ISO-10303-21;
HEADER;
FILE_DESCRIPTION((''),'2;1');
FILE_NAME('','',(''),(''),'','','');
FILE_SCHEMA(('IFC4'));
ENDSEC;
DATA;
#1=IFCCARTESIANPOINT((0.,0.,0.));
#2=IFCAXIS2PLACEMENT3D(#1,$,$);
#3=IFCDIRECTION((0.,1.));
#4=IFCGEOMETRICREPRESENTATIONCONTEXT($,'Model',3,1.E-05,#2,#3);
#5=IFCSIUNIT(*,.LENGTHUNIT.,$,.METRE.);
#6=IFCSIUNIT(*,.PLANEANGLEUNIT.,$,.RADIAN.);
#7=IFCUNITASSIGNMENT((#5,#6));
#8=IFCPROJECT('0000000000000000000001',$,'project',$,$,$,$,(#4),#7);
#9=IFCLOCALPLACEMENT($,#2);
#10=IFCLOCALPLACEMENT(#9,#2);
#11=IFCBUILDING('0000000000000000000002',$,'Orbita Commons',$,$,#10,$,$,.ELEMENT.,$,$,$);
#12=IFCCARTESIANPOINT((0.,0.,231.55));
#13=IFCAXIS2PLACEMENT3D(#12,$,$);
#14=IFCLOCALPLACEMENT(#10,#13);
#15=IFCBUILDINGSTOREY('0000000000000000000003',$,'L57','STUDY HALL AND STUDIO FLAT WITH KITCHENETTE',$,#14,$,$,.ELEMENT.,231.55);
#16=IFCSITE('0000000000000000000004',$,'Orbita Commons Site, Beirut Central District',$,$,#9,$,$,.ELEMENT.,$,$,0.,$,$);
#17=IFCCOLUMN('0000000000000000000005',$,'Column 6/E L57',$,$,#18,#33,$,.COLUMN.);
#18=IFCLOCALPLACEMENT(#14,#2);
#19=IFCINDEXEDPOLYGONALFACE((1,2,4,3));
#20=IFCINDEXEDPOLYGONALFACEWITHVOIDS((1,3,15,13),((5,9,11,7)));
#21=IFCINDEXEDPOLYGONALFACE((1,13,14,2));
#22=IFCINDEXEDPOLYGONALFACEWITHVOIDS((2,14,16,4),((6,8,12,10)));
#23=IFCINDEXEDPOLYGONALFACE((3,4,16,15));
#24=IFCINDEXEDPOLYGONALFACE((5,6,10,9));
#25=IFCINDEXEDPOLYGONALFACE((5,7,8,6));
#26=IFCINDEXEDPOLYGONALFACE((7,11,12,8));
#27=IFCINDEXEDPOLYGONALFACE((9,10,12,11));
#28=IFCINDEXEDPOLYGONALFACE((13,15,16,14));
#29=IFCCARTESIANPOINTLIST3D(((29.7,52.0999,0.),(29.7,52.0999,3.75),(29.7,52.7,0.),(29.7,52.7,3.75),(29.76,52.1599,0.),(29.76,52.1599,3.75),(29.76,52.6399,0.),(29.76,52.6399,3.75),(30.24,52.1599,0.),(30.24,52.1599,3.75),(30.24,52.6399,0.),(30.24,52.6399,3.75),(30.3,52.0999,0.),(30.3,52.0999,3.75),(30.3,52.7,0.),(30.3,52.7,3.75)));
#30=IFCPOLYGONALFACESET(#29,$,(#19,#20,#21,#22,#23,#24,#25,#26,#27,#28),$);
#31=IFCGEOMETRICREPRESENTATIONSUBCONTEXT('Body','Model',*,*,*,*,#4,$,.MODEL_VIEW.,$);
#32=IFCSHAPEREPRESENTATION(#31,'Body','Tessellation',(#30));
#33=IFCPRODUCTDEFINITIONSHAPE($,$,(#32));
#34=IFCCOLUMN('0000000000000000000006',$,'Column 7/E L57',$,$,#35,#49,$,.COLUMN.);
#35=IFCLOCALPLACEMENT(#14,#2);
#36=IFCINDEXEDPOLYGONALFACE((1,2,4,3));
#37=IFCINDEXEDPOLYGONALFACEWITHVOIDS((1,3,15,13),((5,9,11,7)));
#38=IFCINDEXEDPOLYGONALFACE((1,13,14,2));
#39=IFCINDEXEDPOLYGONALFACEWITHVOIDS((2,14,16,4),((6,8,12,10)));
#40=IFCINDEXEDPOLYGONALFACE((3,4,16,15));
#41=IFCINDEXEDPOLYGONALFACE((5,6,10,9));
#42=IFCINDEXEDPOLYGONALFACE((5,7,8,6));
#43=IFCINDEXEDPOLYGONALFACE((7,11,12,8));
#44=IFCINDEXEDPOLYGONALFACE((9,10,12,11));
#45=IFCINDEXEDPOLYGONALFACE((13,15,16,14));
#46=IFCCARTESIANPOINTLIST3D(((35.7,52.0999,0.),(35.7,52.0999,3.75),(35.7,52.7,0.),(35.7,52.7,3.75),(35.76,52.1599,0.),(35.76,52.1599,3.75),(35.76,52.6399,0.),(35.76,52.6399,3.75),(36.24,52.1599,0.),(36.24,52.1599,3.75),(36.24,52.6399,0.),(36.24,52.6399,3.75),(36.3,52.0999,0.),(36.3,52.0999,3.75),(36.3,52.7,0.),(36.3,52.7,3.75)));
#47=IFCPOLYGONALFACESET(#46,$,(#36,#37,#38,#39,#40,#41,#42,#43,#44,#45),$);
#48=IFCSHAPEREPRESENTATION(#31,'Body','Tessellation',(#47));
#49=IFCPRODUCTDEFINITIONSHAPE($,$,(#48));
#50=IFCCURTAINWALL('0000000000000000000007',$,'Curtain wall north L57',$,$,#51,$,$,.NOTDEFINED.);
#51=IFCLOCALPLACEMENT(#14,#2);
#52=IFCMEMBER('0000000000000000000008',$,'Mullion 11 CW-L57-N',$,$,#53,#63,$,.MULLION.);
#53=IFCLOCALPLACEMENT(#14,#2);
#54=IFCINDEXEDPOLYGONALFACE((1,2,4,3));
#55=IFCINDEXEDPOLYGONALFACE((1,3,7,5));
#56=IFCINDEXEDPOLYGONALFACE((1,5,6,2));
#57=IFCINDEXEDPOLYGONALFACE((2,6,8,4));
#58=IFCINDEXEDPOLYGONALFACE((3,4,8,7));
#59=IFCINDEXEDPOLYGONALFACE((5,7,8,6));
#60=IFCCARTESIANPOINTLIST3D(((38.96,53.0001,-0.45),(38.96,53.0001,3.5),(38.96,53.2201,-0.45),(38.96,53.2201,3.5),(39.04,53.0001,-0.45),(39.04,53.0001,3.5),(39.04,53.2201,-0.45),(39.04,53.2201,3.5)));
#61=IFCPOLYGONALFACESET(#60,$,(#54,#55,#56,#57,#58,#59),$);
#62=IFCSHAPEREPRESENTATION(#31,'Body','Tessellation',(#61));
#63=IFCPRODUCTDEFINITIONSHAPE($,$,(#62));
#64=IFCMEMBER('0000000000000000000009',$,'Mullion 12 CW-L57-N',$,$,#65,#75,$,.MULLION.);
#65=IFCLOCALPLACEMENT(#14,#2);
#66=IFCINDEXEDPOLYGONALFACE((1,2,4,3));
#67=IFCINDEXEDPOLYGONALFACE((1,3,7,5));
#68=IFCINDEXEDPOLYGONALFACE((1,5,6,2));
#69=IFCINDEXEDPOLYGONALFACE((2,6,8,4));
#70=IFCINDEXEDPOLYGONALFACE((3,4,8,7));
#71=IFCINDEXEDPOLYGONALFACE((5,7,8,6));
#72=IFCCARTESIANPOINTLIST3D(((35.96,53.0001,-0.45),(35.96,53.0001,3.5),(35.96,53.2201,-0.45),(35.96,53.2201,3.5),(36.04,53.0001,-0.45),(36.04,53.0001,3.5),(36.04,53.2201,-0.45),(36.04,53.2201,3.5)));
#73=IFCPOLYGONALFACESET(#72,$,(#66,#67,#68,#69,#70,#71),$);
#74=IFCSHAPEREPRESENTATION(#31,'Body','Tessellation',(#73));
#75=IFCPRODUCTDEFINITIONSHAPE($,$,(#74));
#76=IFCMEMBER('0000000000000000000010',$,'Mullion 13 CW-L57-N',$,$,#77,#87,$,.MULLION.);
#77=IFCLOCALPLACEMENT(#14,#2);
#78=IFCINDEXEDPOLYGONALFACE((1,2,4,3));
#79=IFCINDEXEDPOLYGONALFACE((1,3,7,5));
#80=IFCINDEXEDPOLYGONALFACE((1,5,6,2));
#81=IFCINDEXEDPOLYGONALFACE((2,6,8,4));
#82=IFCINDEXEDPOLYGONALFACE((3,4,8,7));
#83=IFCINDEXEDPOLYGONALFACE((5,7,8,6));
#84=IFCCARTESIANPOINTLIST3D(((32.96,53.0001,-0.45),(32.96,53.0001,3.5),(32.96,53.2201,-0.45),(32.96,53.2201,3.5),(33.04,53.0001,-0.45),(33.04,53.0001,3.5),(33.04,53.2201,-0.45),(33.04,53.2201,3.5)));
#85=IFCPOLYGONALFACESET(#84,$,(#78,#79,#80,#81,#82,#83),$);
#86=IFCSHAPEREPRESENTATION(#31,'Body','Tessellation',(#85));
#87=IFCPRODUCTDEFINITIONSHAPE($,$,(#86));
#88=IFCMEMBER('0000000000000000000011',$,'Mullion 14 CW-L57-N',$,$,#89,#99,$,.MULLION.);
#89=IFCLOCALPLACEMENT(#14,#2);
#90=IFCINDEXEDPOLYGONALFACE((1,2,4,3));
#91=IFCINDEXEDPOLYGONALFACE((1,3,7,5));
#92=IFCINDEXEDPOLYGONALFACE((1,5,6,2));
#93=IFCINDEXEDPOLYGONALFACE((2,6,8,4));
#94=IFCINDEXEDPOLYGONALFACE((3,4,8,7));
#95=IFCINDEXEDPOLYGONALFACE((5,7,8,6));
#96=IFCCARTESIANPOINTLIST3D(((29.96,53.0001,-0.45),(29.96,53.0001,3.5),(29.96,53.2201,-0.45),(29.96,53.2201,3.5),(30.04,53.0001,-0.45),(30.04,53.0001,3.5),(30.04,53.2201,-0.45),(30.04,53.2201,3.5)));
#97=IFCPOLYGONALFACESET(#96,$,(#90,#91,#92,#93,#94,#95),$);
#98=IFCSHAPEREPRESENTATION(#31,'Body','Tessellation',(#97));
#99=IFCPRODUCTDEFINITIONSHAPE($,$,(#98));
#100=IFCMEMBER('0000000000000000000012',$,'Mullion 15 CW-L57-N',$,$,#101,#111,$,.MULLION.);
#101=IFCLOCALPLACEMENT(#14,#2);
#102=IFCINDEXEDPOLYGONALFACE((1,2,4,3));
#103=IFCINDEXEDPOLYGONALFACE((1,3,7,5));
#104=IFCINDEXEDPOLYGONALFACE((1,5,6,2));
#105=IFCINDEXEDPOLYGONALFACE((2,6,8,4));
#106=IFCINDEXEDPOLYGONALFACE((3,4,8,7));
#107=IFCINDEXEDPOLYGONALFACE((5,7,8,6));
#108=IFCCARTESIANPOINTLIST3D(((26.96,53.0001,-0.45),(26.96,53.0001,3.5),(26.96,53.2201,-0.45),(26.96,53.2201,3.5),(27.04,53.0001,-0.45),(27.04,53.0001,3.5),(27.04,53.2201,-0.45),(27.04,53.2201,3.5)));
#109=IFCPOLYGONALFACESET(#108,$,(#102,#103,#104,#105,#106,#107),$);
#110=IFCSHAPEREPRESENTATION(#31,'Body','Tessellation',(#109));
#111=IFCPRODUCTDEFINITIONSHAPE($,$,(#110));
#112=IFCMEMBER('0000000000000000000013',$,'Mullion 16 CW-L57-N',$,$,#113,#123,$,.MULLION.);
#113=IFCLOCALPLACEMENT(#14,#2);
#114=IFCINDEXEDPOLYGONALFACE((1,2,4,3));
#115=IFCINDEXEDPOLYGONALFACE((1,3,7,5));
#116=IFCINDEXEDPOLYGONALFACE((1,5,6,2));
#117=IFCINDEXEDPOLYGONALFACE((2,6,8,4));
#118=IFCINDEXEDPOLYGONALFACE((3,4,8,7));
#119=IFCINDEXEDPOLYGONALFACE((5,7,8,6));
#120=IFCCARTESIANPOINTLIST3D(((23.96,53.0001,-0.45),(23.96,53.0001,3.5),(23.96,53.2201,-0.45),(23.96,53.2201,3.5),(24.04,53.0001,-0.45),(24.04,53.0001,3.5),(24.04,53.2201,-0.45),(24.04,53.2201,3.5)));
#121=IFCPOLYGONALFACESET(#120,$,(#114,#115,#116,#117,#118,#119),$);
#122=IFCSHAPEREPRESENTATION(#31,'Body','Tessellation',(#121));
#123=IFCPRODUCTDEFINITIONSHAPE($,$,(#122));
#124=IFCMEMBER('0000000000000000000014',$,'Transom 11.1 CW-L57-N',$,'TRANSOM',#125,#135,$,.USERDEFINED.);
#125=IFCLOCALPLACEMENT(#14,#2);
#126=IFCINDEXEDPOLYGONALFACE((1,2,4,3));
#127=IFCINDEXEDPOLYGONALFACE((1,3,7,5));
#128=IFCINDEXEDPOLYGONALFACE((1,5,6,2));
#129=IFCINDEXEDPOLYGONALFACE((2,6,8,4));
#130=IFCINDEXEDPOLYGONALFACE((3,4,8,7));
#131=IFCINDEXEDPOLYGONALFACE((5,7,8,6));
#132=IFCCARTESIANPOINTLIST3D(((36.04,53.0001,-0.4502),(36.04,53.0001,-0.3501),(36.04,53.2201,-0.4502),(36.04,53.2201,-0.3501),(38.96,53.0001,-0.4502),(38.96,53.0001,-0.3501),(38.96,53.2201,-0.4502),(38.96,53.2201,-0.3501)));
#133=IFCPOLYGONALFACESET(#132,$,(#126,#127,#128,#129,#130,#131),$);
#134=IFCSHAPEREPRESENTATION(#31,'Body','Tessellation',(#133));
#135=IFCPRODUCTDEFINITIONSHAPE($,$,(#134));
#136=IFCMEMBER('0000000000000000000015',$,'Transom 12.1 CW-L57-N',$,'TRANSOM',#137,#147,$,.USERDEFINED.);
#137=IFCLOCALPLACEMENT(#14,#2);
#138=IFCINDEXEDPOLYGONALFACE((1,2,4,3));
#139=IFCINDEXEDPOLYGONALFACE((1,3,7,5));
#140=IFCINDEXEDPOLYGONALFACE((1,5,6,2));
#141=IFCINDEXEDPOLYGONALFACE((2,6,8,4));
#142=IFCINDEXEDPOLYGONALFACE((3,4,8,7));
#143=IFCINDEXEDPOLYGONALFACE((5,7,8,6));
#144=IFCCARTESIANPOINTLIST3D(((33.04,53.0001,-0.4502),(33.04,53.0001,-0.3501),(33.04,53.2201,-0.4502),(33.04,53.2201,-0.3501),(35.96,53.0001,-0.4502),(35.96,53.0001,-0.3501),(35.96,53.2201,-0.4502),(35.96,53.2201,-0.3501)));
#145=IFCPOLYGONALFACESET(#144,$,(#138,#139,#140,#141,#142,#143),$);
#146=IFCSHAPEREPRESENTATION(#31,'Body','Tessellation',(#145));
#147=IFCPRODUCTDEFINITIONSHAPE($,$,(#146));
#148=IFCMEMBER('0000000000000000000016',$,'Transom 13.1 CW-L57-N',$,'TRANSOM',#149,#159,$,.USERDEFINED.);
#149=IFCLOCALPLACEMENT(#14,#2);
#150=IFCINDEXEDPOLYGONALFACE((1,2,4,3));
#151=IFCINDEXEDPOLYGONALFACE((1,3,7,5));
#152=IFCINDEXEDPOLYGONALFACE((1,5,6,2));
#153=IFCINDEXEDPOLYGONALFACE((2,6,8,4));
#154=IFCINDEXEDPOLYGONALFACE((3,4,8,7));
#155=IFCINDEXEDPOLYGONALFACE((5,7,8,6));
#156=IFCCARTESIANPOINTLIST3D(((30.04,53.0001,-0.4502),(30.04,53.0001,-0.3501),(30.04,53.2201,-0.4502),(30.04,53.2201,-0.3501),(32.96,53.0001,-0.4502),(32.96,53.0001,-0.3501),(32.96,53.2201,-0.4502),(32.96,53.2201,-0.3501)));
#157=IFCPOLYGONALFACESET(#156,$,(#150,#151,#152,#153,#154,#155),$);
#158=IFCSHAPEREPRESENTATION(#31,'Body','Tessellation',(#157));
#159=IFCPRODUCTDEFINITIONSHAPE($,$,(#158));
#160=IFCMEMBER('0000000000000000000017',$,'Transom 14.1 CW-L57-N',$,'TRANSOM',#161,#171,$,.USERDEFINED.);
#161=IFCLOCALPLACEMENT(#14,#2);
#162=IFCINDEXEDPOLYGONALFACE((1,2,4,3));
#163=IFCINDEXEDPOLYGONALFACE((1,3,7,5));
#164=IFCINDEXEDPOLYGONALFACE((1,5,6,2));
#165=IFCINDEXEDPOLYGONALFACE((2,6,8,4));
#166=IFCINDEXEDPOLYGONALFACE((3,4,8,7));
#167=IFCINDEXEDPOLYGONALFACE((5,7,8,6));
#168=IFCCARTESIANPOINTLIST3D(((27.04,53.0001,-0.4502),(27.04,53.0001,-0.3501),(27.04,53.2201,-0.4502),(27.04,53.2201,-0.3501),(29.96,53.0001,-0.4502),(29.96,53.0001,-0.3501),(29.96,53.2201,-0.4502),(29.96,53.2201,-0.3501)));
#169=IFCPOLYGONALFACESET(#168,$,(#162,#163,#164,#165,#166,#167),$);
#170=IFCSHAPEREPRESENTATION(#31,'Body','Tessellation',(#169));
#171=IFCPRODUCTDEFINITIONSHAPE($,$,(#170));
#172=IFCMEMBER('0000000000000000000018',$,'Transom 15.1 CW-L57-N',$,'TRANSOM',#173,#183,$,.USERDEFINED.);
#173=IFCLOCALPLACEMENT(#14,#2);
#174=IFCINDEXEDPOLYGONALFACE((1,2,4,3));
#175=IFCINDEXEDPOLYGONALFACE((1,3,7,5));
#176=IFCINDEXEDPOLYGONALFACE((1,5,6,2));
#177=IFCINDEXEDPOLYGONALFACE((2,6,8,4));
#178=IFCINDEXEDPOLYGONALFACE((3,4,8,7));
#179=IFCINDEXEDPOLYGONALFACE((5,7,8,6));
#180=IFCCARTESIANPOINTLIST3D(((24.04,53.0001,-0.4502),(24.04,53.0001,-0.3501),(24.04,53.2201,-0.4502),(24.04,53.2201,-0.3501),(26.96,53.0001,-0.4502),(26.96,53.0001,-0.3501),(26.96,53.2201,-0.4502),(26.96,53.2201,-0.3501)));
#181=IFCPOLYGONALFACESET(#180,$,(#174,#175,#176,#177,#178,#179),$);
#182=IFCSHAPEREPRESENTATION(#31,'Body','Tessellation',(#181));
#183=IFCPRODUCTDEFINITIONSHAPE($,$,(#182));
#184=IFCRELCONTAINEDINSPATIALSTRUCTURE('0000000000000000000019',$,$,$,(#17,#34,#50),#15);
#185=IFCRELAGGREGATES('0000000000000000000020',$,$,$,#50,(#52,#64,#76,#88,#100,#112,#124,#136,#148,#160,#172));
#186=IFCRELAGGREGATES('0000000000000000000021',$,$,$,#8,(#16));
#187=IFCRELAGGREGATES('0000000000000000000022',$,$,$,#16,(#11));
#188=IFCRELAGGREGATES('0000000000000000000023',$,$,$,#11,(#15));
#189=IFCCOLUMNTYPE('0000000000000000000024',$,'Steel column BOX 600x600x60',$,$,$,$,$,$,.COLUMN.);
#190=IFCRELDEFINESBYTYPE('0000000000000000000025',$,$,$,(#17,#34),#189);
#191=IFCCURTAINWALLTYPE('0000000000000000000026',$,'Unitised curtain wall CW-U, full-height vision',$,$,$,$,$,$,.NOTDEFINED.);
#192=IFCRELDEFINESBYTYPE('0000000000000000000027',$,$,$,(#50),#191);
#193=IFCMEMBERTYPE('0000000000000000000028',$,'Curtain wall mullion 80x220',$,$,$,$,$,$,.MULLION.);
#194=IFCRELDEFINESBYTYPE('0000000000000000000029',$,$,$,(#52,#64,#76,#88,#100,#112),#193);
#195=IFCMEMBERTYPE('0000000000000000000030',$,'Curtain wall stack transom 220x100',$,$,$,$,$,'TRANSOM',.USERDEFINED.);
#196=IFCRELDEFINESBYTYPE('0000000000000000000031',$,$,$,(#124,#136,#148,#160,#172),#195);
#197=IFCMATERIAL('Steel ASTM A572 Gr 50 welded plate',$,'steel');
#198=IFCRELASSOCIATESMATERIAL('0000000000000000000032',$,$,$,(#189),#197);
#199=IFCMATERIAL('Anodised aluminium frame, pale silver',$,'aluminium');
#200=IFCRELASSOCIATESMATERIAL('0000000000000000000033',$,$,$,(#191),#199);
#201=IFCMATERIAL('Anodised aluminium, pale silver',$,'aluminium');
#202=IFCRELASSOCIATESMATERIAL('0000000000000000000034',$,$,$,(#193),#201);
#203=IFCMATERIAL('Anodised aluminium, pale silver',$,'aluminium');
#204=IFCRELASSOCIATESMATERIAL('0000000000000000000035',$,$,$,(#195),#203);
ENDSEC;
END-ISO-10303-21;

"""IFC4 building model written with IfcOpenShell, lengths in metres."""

from ifc_helpers import new_model, si_unit, direction, frame, origin, origin_2d, place, context, subcontext, project, spatial, rectangle, hollow_rectangle, extrude, material, material_profile, profile_set, type_object, element, aggregate, save


model = new_model("IFC4")

# Units and contexts
model_context = context("Model", 3, precision=1e-05, world=origin(), true_north=direction((0.0, 1.0)))
body_context = subcontext(model_context, "Body", "Model", "MODEL_VIEW")
ifc_project = project(units=[si_unit("LENGTHUNIT", "METRE"), si_unit("PLANEANGLEUNIT", "RADIAN")], contexts=[model_context])

# Site, building, storey
site_placement = place(None, origin())
site = spatial("IfcSite", under=ifc_project, at=site_placement, Name="Orbita Commons Site, Beirut Central District", CompositionType="ELEMENT", RefElevation=0.0)
building_placement = place(site_placement, origin())
building = spatial("IfcBuilding", under=site, at=building_placement, Name="Orbita Commons", CompositionType="ELEMENT")
storey_placement = place(building_placement, frame((0.0, 0.0, 231.55)))
storey = spatial("IfcBuildingStorey", under=building, at=storey_placement, Name="L57", Description="STUDY HALL AND STUDIO FLAT WITH KITCHENETTE", CompositionType="ELEMENT", Elevation=231.55)

# Columns
ifc_material_1 = material(Name="Steel ASTM A572 Gr 50 welded plate", Category="steel")
ifc_material_profile_1 = material_profile(ifc_material_1, hollow_rectangle(XDim=0.6001, YDim=0.6001, WallThickness=0.0601, at=origin_2d()), Name="BOX 600x600x60")
ifc_profile_set_1 = profile_set([ifc_material_profile_1], Name="Steel ASTM A572 Gr 50 welded plate")
column_type = type_object("IfcColumnType", Name="Steel column BOX 600x600x60", PredefinedType="COLUMN", material=ifc_profile_set_1)
for number, where, z_axis, x_axis, name in (
    (1, (30.0, 52.3999, 0.0), (0.0, 0.0, 1.0), (1.0, 0.0, 0.0), "Column 6/E L57"),
    (2, (36.0, 52.3999, 0.0), (0.0, 0.0, 1.0), (1.0, 0.0, 0.0), "Column 7/E L57"),
):
    element("IfcColumn", number, at=place(storey_placement, frame(where, z_axis=z_axis, x_axis=x_axis)), inside=storey, type_object=column_type, Name=name, PredefinedType="COLUMN", context=body_context, shape_type="SweptSolid", body=[
        extrude(hollow_rectangle(XDim=0.6001, YDim=0.6001, WallThickness=0.0601, at=origin_2d()), origin(), (0.0, 0.0, 1.0), 3.75),
    ])

# Curtain wall, members
ifc_material_2 = material(Name="Anodised aluminium frame, pale silver", Category="aluminium")
curtain_wall_type = type_object("IfcCurtainWallType", Name="Unitised curtain wall CW-U, full-height vision", PredefinedType="NOTDEFINED", material=ifc_material_2)
curtain_wall_placement = place(storey_placement, origin())
curtain_wall = element("IfcCurtainWall", 3, at=curtain_wall_placement, inside=storey, type_object=curtain_wall_type, Name="Curtain wall north L57", PredefinedType="NOTDEFINED")
ifc_material_3 = material(Name="Anodised aluminium, pale silver", Category="aluminium")
ifc_material_profile_2 = material_profile(ifc_material_3, rectangle(XDim=0.0801, YDim=0.22, at=origin_2d()), Name="AL 80x220")
ifc_profile_set_2 = profile_set([ifc_material_profile_2], Name="Anodised aluminium, pale silver")
member_type_1 = type_object("IfcMemberType", Name="Curtain wall mullion 80x220", PredefinedType="MULLION", material=ifc_profile_set_2)
member_1_placement = place(storey_placement, frame((39.0, 53.1101, -0.45), z_axis=(0.0, 0.0, 1.0), x_axis=(-1.0, 0.0, 0.0)))
member_1 = element("IfcMember", 4, at=member_1_placement, type_object=member_type_1, Name="Mullion 11 CW-L57-N", PredefinedType="MULLION", context=body_context, shape_type="SweptSolid", body=[
    extrude(rectangle(XDim=0.0801, YDim=0.22, at=origin_2d()), origin(), (0.0, 0.0, 1.0), 3.95),
])
member_2_placement = place(storey_placement, frame((36.0, 53.1101, -0.45), z_axis=(0.0, 0.0, 1.0), x_axis=(-1.0, 0.0, 0.0)))
member_2 = element("IfcMember", 5, at=member_2_placement, type_object=member_type_1, Name="Mullion 12 CW-L57-N", PredefinedType="MULLION", context=body_context, shape_type="SweptSolid", body=[
    extrude(rectangle(XDim=0.0801, YDim=0.22, at=origin_2d()), origin(), (0.0, 0.0, 1.0), 3.95),
])
member_3_placement = place(storey_placement, frame((33.0, 53.1101, -0.45), z_axis=(0.0, 0.0, 1.0), x_axis=(-1.0, 0.0, 0.0)))
member_3 = element("IfcMember", 6, at=member_3_placement, type_object=member_type_1, Name="Mullion 13 CW-L57-N", PredefinedType="MULLION", context=body_context, shape_type="SweptSolid", body=[
    extrude(rectangle(XDim=0.0801, YDim=0.22, at=origin_2d()), origin(), (0.0, 0.0, 1.0), 3.95),
])
member_4_placement = place(storey_placement, frame((30.0, 53.1101, -0.45), z_axis=(0.0, 0.0, 1.0), x_axis=(-1.0, 0.0, 0.0)))
member_4 = element("IfcMember", 7, at=member_4_placement, type_object=member_type_1, Name="Mullion 14 CW-L57-N", PredefinedType="MULLION", context=body_context, shape_type="SweptSolid", body=[
    extrude(rectangle(XDim=0.0801, YDim=0.22, at=origin_2d()), origin(), (0.0, 0.0, 1.0), 3.95),
])
member_5_placement = place(storey_placement, frame((27.0, 53.1101, -0.45), z_axis=(0.0, 0.0, 1.0), x_axis=(-1.0, 0.0, 0.0)))
member_5 = element("IfcMember", 8, at=member_5_placement, type_object=member_type_1, Name="Mullion 15 CW-L57-N", PredefinedType="MULLION", context=body_context, shape_type="SweptSolid", body=[
    extrude(rectangle(XDim=0.0801, YDim=0.22, at=origin_2d()), origin(), (0.0, 0.0, 1.0), 3.95),
])
member_6_placement = place(storey_placement, frame((24.0, 53.1101, -0.45), z_axis=(0.0, 0.0, 1.0), x_axis=(-1.0, 0.0, 0.0)))
member_6 = element("IfcMember", 9, at=member_6_placement, type_object=member_type_1, Name="Mullion 16 CW-L57-N", PredefinedType="MULLION", context=body_context, shape_type="SweptSolid", body=[
    extrude(rectangle(XDim=0.0801, YDim=0.22, at=origin_2d()), origin(), (0.0, 0.0, 1.0), 3.95),
])
ifc_material_4 = material(Name="Anodised aluminium, pale silver", Category="aluminium")
ifc_material_profile_3 = material_profile(ifc_material_4, rectangle(XDim=0.22, YDim=0.1001, at=origin_2d()), Name="AL 220x100")
ifc_profile_set_3 = profile_set([ifc_material_profile_3], Name="Anodised aluminium, pale silver")
member_type_2 = type_object("IfcMemberType", Name="Curtain wall stack transom 220x100", ElementType="TRANSOM", PredefinedType="USERDEFINED", material=ifc_profile_set_3)
member_7_placement = place(storey_placement, frame((38.96, 53.1101, -0.4001), z_axis=(-1.0, 0.0, 0.0), x_axis=(0.0, -1.0, 0.0)))
member_7 = element("IfcMember", 10, at=member_7_placement, type_object=member_type_2, Name="Transom 11.1 CW-L57-N", ObjectType="TRANSOM", PredefinedType="USERDEFINED", context=body_context, shape_type="SweptSolid", body=[
    extrude(rectangle(XDim=0.22, YDim=0.1001, at=origin_2d()), origin(), (0.0, 0.0, 1.0), 2.9199),
])
member_8_placement = place(storey_placement, frame((35.96, 53.1101, -0.4001), z_axis=(-1.0, 0.0, 0.0), x_axis=(0.0, -1.0, 0.0)))
member_8 = element("IfcMember", 11, at=member_8_placement, type_object=member_type_2, Name="Transom 12.1 CW-L57-N", ObjectType="TRANSOM", PredefinedType="USERDEFINED", context=body_context, shape_type="SweptSolid", body=[
    extrude(rectangle(XDim=0.22, YDim=0.1001, at=origin_2d()), origin(), (0.0, 0.0, 1.0), 2.9199),
])
member_9_placement = place(storey_placement, frame((32.96, 53.1101, -0.4001), z_axis=(-1.0, 0.0, 0.0), x_axis=(0.0, -1.0, 0.0)))
member_9 = element("IfcMember", 12, at=member_9_placement, type_object=member_type_2, Name="Transom 13.1 CW-L57-N", ObjectType="TRANSOM", PredefinedType="USERDEFINED", context=body_context, shape_type="SweptSolid", body=[
    extrude(rectangle(XDim=0.22, YDim=0.1001, at=origin_2d()), origin(), (0.0, 0.0, 1.0), 2.9199),
])
member_10_placement = place(storey_placement, frame((29.96, 53.1101, -0.4001), z_axis=(-1.0, 0.0, 0.0), x_axis=(0.0, -1.0, 0.0)))
member_10 = element("IfcMember", 13, at=member_10_placement, type_object=member_type_2, Name="Transom 14.1 CW-L57-N", ObjectType="TRANSOM", PredefinedType="USERDEFINED", context=body_context, shape_type="SweptSolid", body=[
    extrude(rectangle(XDim=0.22, YDim=0.1001, at=origin_2d()), origin(), (0.0, 0.0, 1.0), 2.9199),
])
member_11_placement = place(storey_placement, frame((26.96, 53.1101, -0.4001), z_axis=(-1.0, 0.0, 0.0), x_axis=(0.0, -1.0, 0.0)))
member_11 = element("IfcMember", 14, at=member_11_placement, type_object=member_type_2, Name="Transom 15.1 CW-L57-N", ObjectType="TRANSOM", PredefinedType="USERDEFINED", context=body_context, shape_type="SweptSolid", body=[
    extrude(rectangle(XDim=0.22, YDim=0.1001, at=origin_2d()), origin(), (0.0, 0.0, 1.0), 2.9199),
])

aggregate(curtain_wall, [member_1, member_2, member_3, member_4, member_5, member_6, member_7, member_8, member_9, member_10, member_11])

save(model, "model.ifc")
